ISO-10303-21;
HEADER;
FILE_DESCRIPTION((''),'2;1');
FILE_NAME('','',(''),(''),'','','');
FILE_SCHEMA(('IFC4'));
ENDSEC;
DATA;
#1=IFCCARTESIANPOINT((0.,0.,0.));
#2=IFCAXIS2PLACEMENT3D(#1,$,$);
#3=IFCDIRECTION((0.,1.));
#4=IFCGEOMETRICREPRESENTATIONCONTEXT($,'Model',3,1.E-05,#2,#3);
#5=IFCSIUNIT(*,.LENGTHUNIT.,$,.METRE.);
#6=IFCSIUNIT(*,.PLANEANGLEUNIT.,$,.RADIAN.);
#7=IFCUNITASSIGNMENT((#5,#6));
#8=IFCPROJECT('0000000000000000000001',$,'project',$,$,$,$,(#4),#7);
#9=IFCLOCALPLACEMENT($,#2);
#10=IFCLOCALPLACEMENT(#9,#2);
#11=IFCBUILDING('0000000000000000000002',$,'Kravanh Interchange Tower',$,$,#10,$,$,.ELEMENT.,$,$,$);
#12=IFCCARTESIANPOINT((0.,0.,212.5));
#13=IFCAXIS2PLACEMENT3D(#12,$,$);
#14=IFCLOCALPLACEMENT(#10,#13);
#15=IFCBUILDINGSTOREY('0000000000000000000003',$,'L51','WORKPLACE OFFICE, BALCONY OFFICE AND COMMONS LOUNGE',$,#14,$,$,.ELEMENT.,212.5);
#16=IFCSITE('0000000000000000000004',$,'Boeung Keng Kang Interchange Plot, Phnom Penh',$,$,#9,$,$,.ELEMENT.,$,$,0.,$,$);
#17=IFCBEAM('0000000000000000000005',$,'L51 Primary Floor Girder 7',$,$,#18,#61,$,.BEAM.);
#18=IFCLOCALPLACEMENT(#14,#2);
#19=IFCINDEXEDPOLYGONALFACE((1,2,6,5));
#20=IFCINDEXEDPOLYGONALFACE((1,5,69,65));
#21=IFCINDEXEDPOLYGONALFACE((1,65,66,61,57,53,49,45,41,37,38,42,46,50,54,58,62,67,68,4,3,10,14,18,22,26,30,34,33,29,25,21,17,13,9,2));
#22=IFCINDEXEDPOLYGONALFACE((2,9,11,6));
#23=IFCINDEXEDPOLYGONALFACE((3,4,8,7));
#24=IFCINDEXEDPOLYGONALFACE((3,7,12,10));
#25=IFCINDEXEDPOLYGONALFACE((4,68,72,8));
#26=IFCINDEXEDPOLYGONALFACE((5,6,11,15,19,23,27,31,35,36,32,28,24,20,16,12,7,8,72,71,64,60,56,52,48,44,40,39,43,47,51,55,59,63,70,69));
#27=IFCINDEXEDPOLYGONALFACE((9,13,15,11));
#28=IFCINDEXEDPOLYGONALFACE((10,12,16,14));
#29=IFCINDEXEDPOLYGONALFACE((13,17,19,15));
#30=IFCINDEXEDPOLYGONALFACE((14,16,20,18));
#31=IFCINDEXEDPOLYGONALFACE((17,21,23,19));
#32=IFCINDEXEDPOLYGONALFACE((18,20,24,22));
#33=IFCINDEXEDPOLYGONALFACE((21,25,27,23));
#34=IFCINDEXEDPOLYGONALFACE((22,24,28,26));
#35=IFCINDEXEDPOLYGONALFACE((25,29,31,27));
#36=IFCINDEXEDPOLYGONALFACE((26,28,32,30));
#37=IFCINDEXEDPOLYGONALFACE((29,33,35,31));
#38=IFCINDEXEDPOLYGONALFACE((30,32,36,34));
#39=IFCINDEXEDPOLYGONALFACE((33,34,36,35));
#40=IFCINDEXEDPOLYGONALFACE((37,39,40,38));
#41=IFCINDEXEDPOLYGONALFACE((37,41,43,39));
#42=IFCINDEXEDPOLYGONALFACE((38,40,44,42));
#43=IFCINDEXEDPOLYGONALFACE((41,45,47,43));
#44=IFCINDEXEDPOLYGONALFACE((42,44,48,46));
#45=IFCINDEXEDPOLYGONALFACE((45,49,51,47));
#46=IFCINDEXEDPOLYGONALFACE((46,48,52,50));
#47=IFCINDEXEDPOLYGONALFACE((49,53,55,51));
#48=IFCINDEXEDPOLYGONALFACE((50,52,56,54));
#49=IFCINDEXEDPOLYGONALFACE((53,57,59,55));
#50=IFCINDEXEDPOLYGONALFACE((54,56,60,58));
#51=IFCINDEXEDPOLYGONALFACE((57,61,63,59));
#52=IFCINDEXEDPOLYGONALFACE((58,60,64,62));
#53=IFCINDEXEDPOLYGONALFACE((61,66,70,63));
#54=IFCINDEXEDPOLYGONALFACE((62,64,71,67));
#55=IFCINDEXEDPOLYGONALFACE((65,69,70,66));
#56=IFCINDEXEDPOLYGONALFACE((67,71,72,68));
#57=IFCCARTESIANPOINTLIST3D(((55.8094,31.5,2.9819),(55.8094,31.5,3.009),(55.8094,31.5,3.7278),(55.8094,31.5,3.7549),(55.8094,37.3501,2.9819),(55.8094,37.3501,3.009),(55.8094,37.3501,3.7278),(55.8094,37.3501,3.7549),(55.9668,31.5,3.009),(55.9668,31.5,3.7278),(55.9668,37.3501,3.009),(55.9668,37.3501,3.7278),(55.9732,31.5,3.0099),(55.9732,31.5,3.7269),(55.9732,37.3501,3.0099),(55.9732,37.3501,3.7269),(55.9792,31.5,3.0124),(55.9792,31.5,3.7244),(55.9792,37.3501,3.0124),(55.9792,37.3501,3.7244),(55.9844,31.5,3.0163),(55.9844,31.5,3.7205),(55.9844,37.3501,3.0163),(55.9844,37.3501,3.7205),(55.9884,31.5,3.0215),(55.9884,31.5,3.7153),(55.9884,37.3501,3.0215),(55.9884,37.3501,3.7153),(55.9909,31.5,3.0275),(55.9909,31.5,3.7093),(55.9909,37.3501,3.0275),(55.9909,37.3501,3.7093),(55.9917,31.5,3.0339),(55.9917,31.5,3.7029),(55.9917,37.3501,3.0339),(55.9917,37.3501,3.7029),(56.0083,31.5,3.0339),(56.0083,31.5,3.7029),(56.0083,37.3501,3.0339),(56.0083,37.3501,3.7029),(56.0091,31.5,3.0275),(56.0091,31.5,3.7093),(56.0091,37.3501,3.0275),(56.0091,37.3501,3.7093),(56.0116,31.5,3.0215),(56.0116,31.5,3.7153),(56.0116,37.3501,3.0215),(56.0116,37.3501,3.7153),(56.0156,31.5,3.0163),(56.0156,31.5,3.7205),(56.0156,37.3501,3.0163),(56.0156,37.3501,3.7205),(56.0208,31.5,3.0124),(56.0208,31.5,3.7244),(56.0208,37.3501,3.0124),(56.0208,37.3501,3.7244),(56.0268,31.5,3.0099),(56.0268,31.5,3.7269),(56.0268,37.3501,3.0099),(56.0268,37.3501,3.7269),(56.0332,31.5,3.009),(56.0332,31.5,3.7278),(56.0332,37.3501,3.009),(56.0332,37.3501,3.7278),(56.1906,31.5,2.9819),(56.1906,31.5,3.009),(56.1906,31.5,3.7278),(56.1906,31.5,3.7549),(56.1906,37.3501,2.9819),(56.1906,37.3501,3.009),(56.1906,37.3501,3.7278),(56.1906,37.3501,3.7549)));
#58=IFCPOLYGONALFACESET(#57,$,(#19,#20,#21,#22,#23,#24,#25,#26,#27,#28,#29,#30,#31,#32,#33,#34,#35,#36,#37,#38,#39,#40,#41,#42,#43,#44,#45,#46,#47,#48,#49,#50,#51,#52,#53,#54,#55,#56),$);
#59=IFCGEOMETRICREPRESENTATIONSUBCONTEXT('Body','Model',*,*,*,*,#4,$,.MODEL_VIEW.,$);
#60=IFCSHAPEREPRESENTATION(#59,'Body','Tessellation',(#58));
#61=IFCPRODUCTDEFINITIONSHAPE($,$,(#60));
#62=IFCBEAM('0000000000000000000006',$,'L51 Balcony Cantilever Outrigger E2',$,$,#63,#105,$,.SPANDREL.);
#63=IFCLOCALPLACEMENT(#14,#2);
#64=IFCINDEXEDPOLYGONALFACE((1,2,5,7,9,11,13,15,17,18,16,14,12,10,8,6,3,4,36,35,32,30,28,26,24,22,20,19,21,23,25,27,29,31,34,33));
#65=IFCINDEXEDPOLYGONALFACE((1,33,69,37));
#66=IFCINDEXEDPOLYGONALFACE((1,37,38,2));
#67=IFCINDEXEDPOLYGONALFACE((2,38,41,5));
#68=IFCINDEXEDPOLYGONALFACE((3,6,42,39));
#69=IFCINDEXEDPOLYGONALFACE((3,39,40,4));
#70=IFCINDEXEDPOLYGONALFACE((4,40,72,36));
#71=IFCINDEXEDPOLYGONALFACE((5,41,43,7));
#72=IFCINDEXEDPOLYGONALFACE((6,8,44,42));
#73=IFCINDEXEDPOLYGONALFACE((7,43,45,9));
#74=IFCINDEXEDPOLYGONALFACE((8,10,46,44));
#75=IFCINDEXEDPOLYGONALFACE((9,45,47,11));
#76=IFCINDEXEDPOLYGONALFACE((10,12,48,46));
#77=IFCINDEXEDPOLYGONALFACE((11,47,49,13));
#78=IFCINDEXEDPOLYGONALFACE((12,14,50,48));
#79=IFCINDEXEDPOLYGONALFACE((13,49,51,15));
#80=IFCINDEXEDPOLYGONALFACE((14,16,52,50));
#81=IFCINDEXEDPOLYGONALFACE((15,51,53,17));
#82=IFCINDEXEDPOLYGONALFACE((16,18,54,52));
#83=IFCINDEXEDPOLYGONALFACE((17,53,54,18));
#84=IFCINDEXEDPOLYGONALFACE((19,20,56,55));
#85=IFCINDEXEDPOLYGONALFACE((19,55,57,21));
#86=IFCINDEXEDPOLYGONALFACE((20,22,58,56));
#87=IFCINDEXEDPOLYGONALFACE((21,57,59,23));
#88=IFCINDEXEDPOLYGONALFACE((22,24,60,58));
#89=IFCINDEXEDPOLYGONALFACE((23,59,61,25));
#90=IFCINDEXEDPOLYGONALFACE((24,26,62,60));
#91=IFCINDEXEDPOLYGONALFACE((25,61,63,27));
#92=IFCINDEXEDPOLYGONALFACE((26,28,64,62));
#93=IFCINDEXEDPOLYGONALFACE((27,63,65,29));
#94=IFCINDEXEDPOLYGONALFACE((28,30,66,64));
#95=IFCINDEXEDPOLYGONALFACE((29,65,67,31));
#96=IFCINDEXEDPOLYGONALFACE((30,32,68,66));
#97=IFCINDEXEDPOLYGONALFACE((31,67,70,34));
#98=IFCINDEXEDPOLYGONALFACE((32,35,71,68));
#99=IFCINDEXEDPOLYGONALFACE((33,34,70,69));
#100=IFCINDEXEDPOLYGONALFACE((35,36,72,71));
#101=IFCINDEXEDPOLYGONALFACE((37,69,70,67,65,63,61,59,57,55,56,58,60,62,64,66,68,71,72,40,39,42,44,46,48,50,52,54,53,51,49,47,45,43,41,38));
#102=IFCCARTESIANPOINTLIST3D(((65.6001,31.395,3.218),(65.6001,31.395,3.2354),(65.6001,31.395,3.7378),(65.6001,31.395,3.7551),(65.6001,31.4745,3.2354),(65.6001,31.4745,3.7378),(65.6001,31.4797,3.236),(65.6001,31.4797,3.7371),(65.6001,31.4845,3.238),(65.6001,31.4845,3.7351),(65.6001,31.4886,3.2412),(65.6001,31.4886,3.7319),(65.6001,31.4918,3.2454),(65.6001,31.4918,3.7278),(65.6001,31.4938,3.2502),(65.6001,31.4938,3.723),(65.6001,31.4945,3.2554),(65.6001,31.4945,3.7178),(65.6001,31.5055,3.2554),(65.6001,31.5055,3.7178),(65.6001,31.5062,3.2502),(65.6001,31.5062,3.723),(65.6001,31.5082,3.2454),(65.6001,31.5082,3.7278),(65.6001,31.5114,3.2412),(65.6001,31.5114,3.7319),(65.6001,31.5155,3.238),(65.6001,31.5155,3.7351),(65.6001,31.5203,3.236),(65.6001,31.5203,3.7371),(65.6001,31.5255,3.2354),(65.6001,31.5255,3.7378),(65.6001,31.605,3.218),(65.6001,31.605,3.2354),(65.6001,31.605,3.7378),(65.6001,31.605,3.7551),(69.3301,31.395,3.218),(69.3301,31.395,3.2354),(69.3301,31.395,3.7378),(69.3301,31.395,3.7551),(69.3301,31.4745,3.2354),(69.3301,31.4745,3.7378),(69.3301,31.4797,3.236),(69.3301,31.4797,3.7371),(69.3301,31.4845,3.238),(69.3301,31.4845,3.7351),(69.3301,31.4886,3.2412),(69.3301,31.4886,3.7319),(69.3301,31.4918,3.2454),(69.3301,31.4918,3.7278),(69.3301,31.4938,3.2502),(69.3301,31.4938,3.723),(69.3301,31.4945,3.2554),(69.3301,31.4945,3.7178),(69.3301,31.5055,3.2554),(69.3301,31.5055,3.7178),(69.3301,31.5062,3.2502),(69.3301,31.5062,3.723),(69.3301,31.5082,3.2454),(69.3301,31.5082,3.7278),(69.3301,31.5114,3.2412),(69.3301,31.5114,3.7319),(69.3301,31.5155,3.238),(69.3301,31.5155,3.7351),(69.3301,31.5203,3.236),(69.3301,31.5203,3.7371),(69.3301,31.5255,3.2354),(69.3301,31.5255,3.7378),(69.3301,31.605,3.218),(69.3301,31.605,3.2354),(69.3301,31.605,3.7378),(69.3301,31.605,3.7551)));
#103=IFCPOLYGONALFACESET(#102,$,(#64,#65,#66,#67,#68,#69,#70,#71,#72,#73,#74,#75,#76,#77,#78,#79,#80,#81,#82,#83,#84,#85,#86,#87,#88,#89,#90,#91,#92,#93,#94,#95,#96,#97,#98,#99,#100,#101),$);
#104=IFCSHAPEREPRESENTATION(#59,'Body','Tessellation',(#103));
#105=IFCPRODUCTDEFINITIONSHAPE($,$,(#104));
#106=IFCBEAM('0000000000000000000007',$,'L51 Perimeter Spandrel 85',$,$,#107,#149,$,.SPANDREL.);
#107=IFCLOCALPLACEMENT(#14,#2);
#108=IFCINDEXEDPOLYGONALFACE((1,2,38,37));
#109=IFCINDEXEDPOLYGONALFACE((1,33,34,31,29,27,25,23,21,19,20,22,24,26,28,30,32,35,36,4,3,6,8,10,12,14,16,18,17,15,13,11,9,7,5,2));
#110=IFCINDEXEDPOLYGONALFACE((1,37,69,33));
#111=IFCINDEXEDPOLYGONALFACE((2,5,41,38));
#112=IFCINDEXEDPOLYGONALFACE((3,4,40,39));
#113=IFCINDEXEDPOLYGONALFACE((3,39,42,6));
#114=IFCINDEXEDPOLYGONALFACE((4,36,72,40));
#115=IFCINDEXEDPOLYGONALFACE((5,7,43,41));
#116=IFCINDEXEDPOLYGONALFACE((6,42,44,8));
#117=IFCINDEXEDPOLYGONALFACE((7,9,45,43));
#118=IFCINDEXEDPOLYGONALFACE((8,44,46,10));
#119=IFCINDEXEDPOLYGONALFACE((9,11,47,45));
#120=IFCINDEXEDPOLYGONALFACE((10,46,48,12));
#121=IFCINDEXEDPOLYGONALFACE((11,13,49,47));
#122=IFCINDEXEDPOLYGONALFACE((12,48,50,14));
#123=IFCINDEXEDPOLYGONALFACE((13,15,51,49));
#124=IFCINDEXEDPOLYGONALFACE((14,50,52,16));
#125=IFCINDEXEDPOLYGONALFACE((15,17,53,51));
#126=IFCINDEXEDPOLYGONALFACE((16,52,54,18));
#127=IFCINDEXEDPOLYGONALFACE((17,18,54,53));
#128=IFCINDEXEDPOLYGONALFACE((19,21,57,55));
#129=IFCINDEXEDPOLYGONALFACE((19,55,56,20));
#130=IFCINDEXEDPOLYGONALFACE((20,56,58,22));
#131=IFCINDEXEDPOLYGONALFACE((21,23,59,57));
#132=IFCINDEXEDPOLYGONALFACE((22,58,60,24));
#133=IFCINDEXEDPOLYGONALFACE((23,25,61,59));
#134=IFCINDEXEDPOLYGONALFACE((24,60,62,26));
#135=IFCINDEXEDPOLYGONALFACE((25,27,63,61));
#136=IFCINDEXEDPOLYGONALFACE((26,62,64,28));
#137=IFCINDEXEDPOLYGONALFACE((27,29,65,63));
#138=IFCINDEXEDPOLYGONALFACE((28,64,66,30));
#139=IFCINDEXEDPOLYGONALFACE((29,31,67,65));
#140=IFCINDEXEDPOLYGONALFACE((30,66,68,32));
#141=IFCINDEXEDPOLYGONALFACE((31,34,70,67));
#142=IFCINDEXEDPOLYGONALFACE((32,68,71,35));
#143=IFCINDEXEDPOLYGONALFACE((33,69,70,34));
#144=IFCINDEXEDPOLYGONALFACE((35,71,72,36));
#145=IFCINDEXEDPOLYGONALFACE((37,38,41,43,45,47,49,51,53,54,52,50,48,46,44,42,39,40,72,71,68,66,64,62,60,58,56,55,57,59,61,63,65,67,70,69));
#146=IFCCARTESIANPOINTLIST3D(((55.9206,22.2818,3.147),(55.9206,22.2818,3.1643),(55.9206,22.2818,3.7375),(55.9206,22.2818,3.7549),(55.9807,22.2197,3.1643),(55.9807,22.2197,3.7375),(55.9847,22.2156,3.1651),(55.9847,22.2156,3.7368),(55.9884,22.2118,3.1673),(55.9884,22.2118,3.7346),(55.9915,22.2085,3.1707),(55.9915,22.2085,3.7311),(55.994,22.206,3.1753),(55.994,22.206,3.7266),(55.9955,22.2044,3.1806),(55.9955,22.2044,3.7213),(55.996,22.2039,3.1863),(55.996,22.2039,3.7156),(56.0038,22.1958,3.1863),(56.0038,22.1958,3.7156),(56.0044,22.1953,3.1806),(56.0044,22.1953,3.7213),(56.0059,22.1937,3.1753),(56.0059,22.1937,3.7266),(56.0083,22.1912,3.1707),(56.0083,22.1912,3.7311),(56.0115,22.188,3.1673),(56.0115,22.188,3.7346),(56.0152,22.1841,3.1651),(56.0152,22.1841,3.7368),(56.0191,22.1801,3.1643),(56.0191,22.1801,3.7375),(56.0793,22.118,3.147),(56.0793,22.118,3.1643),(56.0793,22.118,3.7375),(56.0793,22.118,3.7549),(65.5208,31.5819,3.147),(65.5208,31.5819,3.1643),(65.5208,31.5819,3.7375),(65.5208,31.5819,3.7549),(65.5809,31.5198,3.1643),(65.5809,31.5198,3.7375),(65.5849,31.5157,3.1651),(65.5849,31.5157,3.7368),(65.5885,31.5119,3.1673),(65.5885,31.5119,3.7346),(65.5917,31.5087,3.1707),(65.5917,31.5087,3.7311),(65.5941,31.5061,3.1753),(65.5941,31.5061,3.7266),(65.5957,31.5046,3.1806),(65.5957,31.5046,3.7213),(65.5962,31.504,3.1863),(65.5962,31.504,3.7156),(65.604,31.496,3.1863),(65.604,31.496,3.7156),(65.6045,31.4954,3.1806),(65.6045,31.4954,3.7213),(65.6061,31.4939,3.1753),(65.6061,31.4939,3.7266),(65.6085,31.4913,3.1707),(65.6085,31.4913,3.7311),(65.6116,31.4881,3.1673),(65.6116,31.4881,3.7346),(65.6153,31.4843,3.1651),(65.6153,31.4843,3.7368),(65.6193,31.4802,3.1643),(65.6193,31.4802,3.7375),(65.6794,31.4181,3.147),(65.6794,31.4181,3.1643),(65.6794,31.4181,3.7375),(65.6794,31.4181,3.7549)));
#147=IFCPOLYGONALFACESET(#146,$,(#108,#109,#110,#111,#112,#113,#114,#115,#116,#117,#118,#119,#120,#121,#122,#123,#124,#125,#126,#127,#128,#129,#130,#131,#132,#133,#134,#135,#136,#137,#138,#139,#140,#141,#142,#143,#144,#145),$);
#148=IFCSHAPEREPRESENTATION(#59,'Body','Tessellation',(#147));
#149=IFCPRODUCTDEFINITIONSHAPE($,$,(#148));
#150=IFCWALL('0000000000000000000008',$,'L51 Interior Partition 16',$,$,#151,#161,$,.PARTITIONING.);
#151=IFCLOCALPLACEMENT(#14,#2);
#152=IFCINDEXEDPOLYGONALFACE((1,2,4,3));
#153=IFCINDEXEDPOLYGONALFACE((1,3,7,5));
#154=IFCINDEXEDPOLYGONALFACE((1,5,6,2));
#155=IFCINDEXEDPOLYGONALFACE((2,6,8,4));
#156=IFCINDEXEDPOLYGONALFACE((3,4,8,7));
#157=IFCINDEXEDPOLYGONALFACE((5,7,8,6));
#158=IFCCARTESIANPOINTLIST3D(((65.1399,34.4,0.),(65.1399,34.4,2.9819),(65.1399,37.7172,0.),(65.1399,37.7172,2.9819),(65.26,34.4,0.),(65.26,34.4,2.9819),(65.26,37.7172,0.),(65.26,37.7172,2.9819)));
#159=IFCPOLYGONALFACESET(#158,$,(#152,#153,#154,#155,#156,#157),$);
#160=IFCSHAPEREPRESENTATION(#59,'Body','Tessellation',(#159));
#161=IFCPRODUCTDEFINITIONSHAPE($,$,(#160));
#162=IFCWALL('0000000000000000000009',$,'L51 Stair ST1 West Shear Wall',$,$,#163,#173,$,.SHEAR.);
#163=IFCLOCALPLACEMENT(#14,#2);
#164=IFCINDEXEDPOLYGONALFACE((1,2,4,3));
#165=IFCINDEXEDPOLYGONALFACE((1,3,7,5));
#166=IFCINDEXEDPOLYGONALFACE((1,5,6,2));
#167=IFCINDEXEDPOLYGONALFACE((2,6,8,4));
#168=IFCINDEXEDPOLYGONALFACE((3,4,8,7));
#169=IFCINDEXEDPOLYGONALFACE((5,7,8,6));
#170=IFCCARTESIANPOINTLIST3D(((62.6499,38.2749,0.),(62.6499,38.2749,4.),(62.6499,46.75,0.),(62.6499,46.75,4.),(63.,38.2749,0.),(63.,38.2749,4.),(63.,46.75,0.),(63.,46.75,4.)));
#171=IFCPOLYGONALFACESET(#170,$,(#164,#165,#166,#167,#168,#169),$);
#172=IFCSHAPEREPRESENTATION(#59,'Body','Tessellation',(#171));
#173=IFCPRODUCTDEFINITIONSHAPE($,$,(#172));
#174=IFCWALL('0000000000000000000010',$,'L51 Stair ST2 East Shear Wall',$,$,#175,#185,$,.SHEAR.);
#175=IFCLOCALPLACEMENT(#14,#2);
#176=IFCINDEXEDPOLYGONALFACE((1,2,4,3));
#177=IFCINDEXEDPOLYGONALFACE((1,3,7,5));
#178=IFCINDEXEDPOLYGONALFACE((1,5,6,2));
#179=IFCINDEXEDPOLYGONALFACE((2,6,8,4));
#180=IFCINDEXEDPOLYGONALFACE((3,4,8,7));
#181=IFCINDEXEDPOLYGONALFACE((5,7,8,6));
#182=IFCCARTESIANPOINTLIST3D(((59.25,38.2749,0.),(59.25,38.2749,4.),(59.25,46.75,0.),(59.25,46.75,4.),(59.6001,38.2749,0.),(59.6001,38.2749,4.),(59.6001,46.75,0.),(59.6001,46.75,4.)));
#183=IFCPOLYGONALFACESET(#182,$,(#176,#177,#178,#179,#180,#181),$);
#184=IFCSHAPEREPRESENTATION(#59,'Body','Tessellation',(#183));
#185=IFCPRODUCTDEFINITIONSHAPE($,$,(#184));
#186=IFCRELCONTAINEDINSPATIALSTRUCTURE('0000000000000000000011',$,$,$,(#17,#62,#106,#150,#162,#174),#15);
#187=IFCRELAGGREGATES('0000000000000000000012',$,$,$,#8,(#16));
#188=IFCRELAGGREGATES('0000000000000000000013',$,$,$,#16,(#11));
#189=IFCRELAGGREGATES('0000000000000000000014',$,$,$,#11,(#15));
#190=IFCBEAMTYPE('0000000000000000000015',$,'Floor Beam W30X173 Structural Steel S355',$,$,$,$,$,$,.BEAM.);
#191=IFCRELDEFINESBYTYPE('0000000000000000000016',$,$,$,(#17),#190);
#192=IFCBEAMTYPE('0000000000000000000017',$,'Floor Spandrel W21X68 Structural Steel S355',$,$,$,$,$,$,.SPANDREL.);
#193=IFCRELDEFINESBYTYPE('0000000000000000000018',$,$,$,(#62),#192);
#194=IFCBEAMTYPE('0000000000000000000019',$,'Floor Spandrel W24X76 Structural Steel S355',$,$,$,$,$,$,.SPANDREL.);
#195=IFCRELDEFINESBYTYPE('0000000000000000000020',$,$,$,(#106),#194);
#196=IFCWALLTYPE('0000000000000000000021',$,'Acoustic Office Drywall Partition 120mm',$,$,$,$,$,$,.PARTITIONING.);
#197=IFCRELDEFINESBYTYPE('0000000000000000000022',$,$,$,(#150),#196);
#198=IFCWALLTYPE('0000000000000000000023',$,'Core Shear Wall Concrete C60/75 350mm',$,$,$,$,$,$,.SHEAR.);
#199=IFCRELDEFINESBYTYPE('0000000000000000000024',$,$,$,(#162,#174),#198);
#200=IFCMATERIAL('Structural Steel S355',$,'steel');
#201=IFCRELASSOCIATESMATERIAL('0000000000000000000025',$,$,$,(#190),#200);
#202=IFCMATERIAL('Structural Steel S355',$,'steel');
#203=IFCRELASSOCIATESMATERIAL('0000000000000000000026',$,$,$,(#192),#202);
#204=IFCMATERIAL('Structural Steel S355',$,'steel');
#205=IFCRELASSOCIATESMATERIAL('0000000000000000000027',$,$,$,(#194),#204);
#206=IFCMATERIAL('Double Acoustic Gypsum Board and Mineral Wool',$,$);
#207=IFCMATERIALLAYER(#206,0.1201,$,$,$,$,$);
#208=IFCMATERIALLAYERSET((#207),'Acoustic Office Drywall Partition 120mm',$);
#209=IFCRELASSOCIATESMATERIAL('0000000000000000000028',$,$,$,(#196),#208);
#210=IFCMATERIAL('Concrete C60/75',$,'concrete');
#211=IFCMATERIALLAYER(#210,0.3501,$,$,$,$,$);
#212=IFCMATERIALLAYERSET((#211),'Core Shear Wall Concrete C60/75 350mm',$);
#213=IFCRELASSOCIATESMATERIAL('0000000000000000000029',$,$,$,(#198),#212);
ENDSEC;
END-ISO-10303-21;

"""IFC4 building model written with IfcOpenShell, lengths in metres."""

from ifc_helpers import new_model, si_unit, direction, frame, frame_2d, origin, origin_2d, place, context, subcontext, project, spatial, rectangle, i_section, extrude, material, layer, layer_set, material_profile, profile_set, type_object, element, save


model = new_model("IFC4")

# Units and contexts
model_context = context("Model", 3, precision=1e-05, world=origin(), true_north=direction((0.0, 1.0)))
body_context = subcontext(model_context, "Body", "Model", "MODEL_VIEW")
ifc_project = project(units=[si_unit("LENGTHUNIT", "METRE"), si_unit("PLANEANGLEUNIT", "RADIAN")], contexts=[model_context])

# Site, building, storey
site_placement = place(None, origin())
site = spatial("IfcSite", under=ifc_project, at=site_placement, Name="Boeung Keng Kang Interchange Plot, Phnom Penh", CompositionType="ELEMENT", RefElevation=0.0)
building_placement = place(site_placement, origin())
building = spatial("IfcBuilding", under=site, at=building_placement, Name="Kravanh Interchange Tower", CompositionType="ELEMENT")
storey_placement = place(building_placement, frame((0.0, 0.0, 212.5)))
storey = spatial("IfcBuildingStorey", under=building, at=storey_placement, Name="L51", Description="WORKPLACE OFFICE, BALCONY OFFICE AND COMMONS LOUNGE", CompositionType="ELEMENT", Elevation=212.5)

# Beams
ifc_material_1 = material(Name="Structural Steel S355", Category="steel")
ifc_material_profile_1 = material_profile(ifc_material_1, i_section(OverallWidth=0.3811, OverallDepth=0.7729, WebThickness=0.0166, FlangeThickness=0.0271, FilletRadius=0.0249, at=origin_2d()), Name="W30X173")
ifc_profile_set_1 = profile_set([ifc_material_profile_1], Name="Structural Steel S355")
beam_type_1 = type_object("IfcBeamType", Name="Floor Beam W30X173 Structural Steel S355", PredefinedType="BEAM", material=ifc_profile_set_1)
beam_1_placement = place(storey_placement, frame((56.0, 37.3501, 3.3684), z_axis=(0.0, -1.0, 0.0), x_axis=(1.0, 0.0, 0.0)))
element("IfcBeam", 1, at=beam_1_placement, inside=storey, type_object=beam_type_1, Name="L51 Primary Floor Girder 7", PredefinedType="BEAM", context=body_context, shape_type="SweptSolid", body=[
    extrude(i_section(OverallWidth=0.3811, OverallDepth=0.7729, WebThickness=0.0166, FlangeThickness=0.0271, FilletRadius=0.0249, at=origin_2d()), origin(), (0.0, 0.0, 1.0), 5.8501),
])
ifc_material_2 = material(Name="Structural Steel S355", Category="steel")
ifc_material_profile_2 = material_profile(ifc_material_2, i_section(OverallWidth=0.21, OverallDepth=0.5371, WebThickness=0.011, FlangeThickness=0.0173, FilletRadius=0.02, at=origin_2d()), Name="W21X68")
ifc_profile_set_2 = profile_set([ifc_material_profile_2], Name="Structural Steel S355")
beam_type_2 = type_object("IfcBeamType", Name="Floor Spandrel W21X68 Structural Steel S355", PredefinedType="SPANDREL", material=ifc_profile_set_2)
beam_2_placement = place(storey_placement, frame((65.6001, 31.5, 3.4866), z_axis=(1.0, 0.0, 0.0), x_axis=(0.0, 1.0, 0.0)))
element("IfcBeam", 2, at=beam_2_placement, inside=storey, type_object=beam_type_2, Name="L51 Balcony Cantilever Outrigger E2", PredefinedType="SPANDREL", context=body_context, shape_type="SweptSolid", body=[
    extrude(i_section(OverallWidth=0.21, OverallDepth=0.5371, WebThickness=0.011, FlangeThickness=0.0173, FilletRadius=0.02, at=origin_2d()), origin(), (0.0, 0.0, 1.0), 3.73),
])
ifc_material_3 = material(Name="Structural Steel S355", Category="steel")
ifc_material_profile_3 = material_profile(ifc_material_3, i_section(OverallWidth=0.228, OverallDepth=0.6079, WebThickness=0.0112, FlangeThickness=0.0173, FilletRadius=0.022, at=origin_2d()), Name="W24X76")
ifc_profile_set_3 = profile_set([ifc_material_profile_3], Name="Structural Steel S355")
beam_type_3 = type_object("IfcBeamType", Name="Floor Spandrel W24X76 Structural Steel S355", PredefinedType="SPANDREL", material=ifc_profile_set_3)
beam_3_placement = place(storey_placement, frame((65.6001, 31.5, 3.4509), z_axis=(-0.718242, -0.695793, 0.0), x_axis=(0.695793, -0.718242, 0.0)))
element("IfcBeam", 3, at=beam_3_placement, inside=storey, type_object=beam_type_3, Name="L51 Perimeter Spandrel 85", PredefinedType="SPANDREL", context=body_context, shape_type="SweptSolid", body=[
    extrude(i_section(OverallWidth=0.228, OverallDepth=0.6079, WebThickness=0.0112, FlangeThickness=0.0173, FilletRadius=0.022, at=origin_2d()), origin(), (0.0, 0.0, 1.0), 13.3662),
])

# Walls
ifc_material_4 = material(Name="Double Acoustic Gypsum Board and Mineral Wool")
ifc_layer_1 = layer(ifc_material_4, 0.1201)
ifc_layer_set_1 = layer_set([ifc_layer_1], Name="Acoustic Office Drywall Partition 120mm")
wall_type_1 = type_object("IfcWallType", Name="Acoustic Office Drywall Partition 120mm", PredefinedType="PARTITIONING", material=ifc_layer_set_1)
wall_1_placement = place(storey_placement, frame((65.2, 34.3999, 0.0), z_axis=(0.0, 0.0, 1.0), x_axis=(0.0, 1.0, 0.0)))
element("IfcWall", 4, at=wall_1_placement, inside=storey, type_object=wall_type_1, Name="L51 Interior Partition 16", PredefinedType="PARTITIONING", context=body_context, shape_type="SweptSolid", body=[
    extrude(rectangle(XDim=3.3171, YDim=0.1201, at=frame_2d((1.6587, 0.0))), origin(), (0.0, 0.0, 1.0), 2.9819),
])
ifc_material_5 = material(Name="Concrete C60/75", Category="concrete")
ifc_layer_2 = layer(ifc_material_5, 0.3501)
ifc_layer_set_2 = layer_set([ifc_layer_2], Name="Core Shear Wall Concrete C60/75 350mm")
wall_type_2 = type_object("IfcWallType", Name="Core Shear Wall Concrete C60/75 350mm", PredefinedType="SHEAR", material=ifc_layer_set_2)
for number, where, z_axis, x_axis, name in (
    (5, (62.825, 38.2749, 0.0), (0.0, 0.0, 1.0), (0.0, 1.0, 0.0), "L51 Stair ST1 West Shear Wall"),
    (6, (59.425, 38.2749, 0.0), (0.0, 0.0, 1.0), (0.0, 1.0, 0.0), "L51 Stair ST2 East Shear Wall"),
):
    element("IfcWall", number, at=place(storey_placement, frame(where, z_axis=z_axis, x_axis=x_axis)), inside=storey, type_object=wall_type_2, Name=name, PredefinedType="SHEAR", context=body_context, shape_type="SweptSolid", body=[
        extrude(rectangle(XDim=8.4751, YDim=0.3501, at=frame_2d((4.2375, 0.0))), origin(), (0.0, 0.0, 1.0), 4.0),
    ])

save(model, "model.ifc")
